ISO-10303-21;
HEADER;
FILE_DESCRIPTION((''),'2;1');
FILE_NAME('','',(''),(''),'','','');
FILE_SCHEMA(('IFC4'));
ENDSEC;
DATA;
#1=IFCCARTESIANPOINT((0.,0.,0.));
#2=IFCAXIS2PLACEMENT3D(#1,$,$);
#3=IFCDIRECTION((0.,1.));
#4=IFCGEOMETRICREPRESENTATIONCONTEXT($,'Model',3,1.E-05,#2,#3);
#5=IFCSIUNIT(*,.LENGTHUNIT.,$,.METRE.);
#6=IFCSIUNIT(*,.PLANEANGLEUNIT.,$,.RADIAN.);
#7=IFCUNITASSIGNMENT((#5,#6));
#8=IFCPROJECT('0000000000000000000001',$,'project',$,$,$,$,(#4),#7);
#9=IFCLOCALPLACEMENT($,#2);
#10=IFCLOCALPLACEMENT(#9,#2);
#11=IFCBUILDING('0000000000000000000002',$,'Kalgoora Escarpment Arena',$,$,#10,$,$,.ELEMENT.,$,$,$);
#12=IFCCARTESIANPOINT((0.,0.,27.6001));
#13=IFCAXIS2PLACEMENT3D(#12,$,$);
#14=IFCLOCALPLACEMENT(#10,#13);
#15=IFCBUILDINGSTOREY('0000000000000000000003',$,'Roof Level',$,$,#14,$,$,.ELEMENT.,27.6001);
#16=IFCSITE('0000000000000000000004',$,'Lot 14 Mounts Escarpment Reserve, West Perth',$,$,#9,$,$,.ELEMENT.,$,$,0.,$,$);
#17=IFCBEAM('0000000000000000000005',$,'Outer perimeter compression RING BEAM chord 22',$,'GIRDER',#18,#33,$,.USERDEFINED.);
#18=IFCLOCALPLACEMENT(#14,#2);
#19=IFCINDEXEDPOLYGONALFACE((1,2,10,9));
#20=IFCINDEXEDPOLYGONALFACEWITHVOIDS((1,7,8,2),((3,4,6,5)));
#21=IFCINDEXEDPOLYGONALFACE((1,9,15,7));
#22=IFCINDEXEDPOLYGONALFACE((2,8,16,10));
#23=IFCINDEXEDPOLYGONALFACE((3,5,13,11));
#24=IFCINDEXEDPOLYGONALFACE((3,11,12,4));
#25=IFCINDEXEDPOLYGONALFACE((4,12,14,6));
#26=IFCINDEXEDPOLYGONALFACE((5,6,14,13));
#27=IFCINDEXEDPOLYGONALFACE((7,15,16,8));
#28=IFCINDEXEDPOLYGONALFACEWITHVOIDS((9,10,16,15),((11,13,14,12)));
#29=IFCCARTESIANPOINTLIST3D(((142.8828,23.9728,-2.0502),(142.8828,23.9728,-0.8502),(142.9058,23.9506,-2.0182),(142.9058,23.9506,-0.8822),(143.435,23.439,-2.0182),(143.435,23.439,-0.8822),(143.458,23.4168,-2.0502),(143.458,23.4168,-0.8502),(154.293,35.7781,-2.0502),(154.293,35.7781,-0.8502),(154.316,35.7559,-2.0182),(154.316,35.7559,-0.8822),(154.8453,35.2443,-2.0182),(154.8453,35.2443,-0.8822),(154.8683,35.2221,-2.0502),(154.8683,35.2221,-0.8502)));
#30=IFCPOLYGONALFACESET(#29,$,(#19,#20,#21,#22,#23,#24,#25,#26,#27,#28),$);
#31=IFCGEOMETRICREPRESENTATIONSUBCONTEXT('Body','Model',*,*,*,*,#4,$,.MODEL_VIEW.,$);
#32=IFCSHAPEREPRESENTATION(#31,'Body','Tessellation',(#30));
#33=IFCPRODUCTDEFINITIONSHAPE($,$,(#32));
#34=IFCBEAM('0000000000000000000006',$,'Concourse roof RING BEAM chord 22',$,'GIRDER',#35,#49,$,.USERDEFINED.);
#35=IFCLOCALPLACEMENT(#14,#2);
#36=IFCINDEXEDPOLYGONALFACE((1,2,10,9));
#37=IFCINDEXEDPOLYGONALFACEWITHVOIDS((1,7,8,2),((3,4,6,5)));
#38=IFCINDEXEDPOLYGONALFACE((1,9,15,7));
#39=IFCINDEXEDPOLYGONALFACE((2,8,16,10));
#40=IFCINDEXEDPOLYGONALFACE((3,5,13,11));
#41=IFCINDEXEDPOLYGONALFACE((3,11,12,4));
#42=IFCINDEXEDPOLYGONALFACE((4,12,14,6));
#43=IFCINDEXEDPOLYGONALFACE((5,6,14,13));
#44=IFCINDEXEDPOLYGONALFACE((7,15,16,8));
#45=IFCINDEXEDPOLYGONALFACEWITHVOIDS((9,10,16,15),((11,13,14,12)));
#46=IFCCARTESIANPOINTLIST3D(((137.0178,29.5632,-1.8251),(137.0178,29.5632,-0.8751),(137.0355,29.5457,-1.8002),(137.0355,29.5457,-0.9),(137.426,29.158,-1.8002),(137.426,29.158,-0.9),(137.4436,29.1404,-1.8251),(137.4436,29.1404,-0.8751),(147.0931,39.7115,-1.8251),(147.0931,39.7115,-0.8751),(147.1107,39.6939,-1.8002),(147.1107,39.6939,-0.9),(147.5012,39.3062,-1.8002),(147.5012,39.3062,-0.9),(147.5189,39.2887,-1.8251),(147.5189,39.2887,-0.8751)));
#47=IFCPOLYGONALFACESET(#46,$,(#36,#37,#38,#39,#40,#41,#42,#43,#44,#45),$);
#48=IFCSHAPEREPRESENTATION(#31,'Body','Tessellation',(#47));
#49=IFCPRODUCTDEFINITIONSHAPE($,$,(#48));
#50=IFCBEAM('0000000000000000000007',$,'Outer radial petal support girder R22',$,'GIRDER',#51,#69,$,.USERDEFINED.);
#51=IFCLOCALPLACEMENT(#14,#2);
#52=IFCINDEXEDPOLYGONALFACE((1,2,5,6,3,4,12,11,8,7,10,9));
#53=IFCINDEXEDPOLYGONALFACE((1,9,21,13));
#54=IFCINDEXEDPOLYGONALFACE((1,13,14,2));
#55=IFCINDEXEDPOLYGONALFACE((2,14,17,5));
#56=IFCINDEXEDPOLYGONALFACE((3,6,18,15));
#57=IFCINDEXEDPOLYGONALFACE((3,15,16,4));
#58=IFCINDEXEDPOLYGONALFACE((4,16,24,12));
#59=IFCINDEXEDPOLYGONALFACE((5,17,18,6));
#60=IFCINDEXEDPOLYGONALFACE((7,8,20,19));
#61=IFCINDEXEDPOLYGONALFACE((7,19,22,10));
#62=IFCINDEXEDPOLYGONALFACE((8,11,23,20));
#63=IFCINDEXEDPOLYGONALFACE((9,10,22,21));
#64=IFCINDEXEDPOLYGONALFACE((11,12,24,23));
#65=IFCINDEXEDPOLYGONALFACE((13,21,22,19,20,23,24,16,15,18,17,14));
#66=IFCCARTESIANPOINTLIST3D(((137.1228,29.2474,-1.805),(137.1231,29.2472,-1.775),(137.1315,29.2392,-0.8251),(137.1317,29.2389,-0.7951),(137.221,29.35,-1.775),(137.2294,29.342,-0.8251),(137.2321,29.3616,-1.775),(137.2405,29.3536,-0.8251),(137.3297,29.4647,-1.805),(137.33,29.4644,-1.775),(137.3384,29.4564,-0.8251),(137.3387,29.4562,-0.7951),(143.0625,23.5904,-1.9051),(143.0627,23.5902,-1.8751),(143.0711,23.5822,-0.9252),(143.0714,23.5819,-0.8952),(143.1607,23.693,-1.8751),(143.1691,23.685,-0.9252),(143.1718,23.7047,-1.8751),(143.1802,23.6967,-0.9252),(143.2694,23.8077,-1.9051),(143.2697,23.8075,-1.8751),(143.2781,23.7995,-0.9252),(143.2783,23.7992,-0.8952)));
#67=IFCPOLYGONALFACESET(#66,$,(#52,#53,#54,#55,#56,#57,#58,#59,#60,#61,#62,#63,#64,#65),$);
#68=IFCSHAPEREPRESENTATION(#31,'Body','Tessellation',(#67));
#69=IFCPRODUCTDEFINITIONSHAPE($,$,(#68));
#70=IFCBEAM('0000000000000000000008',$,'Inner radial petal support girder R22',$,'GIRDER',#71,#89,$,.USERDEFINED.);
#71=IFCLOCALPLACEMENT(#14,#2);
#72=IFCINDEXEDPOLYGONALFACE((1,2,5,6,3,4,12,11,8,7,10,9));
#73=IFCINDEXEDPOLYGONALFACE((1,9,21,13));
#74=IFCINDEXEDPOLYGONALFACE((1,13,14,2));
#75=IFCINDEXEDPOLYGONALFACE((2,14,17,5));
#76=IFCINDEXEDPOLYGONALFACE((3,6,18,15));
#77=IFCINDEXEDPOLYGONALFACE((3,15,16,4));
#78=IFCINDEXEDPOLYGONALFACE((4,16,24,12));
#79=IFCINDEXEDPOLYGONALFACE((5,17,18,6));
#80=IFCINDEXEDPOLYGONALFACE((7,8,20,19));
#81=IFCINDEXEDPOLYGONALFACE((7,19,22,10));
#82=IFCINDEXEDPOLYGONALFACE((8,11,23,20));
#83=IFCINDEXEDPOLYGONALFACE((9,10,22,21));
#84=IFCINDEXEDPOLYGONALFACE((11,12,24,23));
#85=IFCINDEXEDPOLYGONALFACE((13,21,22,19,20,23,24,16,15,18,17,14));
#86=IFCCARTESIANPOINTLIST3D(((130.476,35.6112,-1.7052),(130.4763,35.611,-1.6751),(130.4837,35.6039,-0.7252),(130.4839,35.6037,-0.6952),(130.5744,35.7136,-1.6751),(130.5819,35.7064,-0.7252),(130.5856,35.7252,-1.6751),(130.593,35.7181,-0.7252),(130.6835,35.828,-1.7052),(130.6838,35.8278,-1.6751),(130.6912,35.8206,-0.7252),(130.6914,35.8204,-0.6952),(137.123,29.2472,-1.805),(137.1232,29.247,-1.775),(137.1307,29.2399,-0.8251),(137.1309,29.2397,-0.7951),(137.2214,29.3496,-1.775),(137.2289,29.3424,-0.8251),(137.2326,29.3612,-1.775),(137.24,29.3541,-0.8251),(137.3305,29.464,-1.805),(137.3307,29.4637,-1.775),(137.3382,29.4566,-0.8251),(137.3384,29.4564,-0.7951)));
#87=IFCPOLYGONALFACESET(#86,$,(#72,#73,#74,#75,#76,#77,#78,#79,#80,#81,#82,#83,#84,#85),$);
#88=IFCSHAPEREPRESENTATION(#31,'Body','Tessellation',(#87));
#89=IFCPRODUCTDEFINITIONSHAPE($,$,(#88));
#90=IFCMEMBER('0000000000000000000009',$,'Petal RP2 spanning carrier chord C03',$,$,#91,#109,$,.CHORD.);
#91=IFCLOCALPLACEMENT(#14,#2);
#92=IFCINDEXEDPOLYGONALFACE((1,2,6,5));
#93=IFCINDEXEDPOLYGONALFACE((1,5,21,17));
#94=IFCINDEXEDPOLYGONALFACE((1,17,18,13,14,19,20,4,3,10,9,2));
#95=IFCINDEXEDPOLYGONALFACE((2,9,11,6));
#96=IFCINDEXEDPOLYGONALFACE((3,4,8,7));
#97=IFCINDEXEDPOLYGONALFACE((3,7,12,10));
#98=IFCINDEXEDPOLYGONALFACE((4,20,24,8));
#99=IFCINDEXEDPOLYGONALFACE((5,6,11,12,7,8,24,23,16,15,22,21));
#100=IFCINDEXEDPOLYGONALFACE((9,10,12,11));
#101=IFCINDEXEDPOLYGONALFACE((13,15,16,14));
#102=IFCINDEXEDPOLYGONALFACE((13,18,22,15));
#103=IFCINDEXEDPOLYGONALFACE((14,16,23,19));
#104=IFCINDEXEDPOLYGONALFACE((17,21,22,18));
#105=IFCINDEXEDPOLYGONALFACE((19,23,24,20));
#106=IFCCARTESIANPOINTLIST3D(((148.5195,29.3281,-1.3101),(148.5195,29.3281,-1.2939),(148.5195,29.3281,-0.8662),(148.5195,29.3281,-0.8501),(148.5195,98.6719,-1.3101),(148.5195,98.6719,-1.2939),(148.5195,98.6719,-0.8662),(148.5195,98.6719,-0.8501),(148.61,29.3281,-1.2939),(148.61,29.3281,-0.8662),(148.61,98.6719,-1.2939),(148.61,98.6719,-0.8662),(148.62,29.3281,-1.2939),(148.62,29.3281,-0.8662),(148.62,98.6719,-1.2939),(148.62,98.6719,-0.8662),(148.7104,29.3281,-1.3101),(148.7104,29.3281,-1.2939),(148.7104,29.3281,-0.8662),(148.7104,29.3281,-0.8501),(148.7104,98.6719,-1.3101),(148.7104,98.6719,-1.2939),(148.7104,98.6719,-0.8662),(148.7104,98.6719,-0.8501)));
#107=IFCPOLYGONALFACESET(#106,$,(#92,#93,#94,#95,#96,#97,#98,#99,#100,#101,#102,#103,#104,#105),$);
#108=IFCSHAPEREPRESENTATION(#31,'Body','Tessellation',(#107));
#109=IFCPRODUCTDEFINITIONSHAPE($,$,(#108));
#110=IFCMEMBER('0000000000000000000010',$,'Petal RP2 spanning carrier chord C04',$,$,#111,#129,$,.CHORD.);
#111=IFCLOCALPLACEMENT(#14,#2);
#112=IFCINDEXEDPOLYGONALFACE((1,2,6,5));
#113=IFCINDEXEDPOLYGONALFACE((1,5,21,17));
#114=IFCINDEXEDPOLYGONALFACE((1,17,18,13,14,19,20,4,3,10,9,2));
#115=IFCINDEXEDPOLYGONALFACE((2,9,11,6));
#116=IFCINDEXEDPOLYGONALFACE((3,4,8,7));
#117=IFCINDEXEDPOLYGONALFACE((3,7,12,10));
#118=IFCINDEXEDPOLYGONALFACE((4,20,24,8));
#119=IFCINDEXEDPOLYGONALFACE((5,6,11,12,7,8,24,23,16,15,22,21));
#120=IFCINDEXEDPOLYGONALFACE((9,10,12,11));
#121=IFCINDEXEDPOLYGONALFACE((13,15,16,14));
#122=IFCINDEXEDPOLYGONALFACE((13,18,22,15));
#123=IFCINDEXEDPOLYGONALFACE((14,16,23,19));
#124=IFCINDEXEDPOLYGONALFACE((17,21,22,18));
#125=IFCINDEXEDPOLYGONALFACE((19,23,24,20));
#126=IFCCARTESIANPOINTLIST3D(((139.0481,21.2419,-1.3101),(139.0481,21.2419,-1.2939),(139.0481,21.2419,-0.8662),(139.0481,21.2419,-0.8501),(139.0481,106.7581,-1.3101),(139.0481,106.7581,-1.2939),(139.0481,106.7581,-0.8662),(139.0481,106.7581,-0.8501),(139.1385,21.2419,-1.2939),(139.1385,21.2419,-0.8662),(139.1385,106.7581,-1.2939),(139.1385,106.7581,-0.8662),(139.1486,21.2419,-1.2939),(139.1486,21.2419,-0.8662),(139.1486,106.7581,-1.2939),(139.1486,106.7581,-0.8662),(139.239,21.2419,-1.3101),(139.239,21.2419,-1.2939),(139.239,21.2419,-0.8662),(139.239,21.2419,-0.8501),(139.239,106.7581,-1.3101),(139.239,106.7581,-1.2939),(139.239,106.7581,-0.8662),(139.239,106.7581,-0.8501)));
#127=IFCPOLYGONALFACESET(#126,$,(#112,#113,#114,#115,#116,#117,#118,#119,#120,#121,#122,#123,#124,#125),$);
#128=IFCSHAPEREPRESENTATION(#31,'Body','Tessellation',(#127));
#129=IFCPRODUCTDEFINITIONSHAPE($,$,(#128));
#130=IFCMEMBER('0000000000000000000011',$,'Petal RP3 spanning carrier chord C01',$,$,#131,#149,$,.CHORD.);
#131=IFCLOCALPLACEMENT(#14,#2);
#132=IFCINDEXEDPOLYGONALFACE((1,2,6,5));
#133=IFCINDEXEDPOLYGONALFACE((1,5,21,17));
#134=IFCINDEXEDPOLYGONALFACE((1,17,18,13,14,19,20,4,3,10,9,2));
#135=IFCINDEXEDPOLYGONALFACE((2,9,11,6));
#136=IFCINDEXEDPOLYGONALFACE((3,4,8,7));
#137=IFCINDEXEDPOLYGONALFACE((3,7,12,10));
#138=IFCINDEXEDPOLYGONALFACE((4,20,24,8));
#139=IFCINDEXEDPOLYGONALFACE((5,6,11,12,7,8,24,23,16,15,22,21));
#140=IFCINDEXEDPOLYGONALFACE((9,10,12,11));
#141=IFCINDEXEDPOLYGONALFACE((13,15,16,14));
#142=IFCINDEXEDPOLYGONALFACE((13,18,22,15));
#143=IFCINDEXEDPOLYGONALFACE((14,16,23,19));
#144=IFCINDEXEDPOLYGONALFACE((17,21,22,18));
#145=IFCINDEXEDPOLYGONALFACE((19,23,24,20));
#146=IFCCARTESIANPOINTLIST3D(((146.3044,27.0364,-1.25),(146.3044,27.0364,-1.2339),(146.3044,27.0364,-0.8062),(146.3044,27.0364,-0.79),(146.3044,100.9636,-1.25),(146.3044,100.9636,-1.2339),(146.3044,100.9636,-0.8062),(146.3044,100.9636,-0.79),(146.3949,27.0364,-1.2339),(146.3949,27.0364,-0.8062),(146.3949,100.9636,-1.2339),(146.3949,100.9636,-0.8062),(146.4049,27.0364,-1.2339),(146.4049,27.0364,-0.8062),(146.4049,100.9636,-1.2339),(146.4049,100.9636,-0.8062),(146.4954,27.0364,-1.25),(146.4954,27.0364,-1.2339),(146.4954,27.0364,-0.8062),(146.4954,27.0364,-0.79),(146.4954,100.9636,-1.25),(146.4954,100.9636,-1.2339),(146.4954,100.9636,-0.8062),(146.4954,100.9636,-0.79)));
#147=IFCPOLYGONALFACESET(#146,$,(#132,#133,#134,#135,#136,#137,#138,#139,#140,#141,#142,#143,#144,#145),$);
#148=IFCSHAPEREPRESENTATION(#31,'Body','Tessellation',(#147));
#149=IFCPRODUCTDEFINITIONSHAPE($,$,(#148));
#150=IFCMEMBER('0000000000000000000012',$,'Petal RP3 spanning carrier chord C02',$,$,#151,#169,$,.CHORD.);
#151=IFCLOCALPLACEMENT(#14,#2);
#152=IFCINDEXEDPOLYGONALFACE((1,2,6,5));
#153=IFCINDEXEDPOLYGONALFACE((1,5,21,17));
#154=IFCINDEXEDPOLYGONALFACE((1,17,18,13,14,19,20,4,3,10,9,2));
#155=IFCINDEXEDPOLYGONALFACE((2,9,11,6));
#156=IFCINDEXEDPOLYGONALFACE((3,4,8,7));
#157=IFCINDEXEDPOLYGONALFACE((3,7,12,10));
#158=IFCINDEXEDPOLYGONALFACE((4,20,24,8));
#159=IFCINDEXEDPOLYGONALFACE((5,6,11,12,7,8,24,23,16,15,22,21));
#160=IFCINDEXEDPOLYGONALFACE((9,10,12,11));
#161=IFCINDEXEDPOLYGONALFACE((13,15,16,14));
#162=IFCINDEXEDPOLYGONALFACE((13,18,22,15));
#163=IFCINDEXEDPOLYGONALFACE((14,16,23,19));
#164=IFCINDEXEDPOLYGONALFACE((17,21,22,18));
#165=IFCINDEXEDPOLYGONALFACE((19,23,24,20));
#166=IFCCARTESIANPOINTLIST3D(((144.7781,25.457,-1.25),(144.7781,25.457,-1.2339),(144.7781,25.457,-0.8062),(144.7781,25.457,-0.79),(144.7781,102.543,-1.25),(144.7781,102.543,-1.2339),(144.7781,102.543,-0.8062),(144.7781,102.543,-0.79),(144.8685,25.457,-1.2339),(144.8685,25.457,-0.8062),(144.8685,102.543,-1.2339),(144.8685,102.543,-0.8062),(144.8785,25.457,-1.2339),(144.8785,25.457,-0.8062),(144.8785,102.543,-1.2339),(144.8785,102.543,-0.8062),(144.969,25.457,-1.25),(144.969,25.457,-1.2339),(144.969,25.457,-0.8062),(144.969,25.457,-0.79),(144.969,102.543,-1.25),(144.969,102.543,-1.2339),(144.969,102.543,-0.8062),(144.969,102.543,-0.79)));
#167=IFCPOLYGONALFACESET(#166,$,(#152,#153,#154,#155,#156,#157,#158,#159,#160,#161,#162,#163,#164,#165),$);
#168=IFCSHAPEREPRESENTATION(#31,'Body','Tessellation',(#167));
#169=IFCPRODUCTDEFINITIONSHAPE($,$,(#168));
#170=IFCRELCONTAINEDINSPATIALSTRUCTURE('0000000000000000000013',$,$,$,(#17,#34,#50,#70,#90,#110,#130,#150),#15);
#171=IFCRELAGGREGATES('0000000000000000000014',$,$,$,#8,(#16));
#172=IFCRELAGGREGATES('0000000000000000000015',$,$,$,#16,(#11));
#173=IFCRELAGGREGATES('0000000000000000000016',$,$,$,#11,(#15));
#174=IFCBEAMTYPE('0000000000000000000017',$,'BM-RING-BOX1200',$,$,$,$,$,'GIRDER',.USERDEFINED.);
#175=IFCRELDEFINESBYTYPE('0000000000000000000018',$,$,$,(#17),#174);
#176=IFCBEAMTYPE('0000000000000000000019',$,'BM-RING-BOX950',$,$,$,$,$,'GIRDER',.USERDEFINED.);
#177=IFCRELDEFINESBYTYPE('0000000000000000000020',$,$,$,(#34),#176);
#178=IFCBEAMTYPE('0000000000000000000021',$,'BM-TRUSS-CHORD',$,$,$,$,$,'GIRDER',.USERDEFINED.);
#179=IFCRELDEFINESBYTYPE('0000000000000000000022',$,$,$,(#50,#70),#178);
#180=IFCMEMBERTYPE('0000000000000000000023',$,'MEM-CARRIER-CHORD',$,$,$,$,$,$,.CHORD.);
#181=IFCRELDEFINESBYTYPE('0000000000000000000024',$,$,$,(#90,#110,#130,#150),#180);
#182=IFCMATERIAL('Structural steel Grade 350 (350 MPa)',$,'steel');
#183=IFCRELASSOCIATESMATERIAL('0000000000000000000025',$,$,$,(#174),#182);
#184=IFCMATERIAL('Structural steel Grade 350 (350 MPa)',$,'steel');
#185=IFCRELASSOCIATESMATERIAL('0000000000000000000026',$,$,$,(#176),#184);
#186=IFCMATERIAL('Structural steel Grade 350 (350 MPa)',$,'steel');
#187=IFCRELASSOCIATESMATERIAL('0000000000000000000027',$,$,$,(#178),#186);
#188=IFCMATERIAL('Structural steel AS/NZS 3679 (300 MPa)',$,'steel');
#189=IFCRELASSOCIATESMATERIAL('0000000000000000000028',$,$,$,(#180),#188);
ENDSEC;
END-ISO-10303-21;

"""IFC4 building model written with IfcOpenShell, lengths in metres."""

from ifc_helpers import new_model, si_unit, direction, frame, origin, origin_2d, place, context, subcontext, project, spatial, hollow_rectangle, i_section, extrude, material, material_profile, profile_set, type_object, element, save


model = new_model("IFC4")

# Units and contexts
model_context = context("Model", 3, precision=1e-05, world=origin(), true_north=direction((0.0, 1.0)))
body_context = subcontext(model_context, "Body", "Model", "MODEL_VIEW")
ifc_project = project(units=[si_unit("LENGTHUNIT", "METRE"), si_unit("PLANEANGLEUNIT", "RADIAN")], contexts=[model_context])

# Site, building, storey
site_placement = place(None, origin())
site = spatial("IfcSite", under=ifc_project, at=site_placement, Name="Lot 14 Mounts Escarpment Reserve, West Perth", CompositionType="ELEMENT", RefElevation=0.0)
building_placement = place(site_placement, origin())
building = spatial("IfcBuilding", under=site, at=building_placement, Name="Kalgoora Escarpment Arena", CompositionType="ELEMENT")
storey_placement = place(building_placement, frame((0.0, 0.0, 27.6001)))
storey = spatial("IfcBuildingStorey", under=building, at=storey_placement, Name="Roof Level", CompositionType="ELEMENT", Elevation=27.6001)

# Beams
ifc_material_1 = material(Name="Structural steel Grade 350 (350 MPa)", Category="steel")
ifc_material_profile_1 = material_profile(ifc_material_1, hollow_rectangle(XDim=0.8, YDim=1.2, WallThickness=0.032, at=origin_2d()))
ifc_profile_set_1 = profile_set([ifc_material_profile_1], Name="Structural steel Grade 350 (350 MPa)")
beam_type_1 = type_object("IfcBeamType", Name="BM-RING-BOX1200", ElementType="GIRDER", PredefinedType="USERDEFINED", material=ifc_profile_set_1)
beam_1_placement = place(storey_placement, frame((143.1704, 23.6948, -1.4502), z_axis=(0.694974, 0.719034, 0.0), x_axis=(-0.719034, 0.694974, 0.0)))
element("IfcBeam", 1, at=beam_1_placement, inside=storey, type_object=beam_type_1, Name="Outer perimeter compression RING BEAM chord 22", ObjectType="GIRDER", PredefinedType="USERDEFINED", context=body_context, shape_type="SweptSolid", body=[
    extrude(hollow_rectangle(XDim=0.8, YDim=1.2, WallThickness=0.032, at=origin_2d()), origin(), (0.0, 0.0, 1.0), 16.4182),
])
ifc_material_2 = material(Name="Structural steel Grade 350 (350 MPa)", Category="steel")
ifc_material_profile_2 = material_profile(ifc_material_2, hollow_rectangle(XDim=0.6001, YDim=0.95, WallThickness=0.0249, at=origin_2d()))
ifc_profile_set_2 = profile_set([ifc_material_profile_2], Name="Structural steel Grade 350 (350 MPa)")
beam_type_2 = type_object("IfcBeamType", Name="BM-RING-BOX950", ElementType="GIRDER", PredefinedType="USERDEFINED", material=ifc_profile_set_2)
beam_2_placement = place(storey_placement, frame((137.2307, 29.3518, -1.3501), z_axis=(0.70455, 0.709655, 0.0), x_axis=(-0.709655, 0.70455, 0.0)))
element("IfcBeam", 2, at=beam_2_placement, inside=storey, type_object=beam_type_2, Name="Concourse roof RING BEAM chord 22", ObjectType="GIRDER", PredefinedType="USERDEFINED", context=body_context, shape_type="SweptSolid", body=[
    extrude(hollow_rectangle(XDim=0.6001, YDim=0.95, WallThickness=0.0249, at=origin_2d()), origin(), (0.0, 0.0, 1.0), 14.3003),
])
ifc_material_3 = material(Name="Structural steel Grade 350 (350 MPa)", Category="steel")
ifc_material_profile_3 = material_profile(ifc_material_3, i_section(OverallWidth=0.3, OverallDepth=1.01, WebThickness=0.0161, FlangeThickness=0.03, at=origin_2d()))
ifc_profile_set_3 = profile_set([ifc_material_profile_3], Name="Structural steel Grade 350 (350 MPa)")
beam_type_3 = type_object("IfcBeamType", Name="BM-TRUSS-CHORD", ElementType="GIRDER", PredefinedType="USERDEFINED", material=ifc_profile_set_3)
beam_3_placement = place(storey_placement, frame((143.1704, 23.6948, -1.4001), z_axis=(-0.724076, 0.689612, 0.012202), x_axis=(-0.689663, -0.72413, 0.0)))
element("IfcBeam", 3, at=beam_3_placement, inside=storey, type_object=beam_type_3, Name="Outer radial petal support girder R22", ObjectType="GIRDER", PredefinedType="USERDEFINED", context=body_context, shape_type="SweptSolid", body=[
    extrude(i_section(OverallWidth=0.3, OverallDepth=1.01, WebThickness=0.0161, FlangeThickness=0.03, at=origin_2d()), origin(), (0.0, 0.0, 1.0), 8.2031),
])
beam_4_placement = place(storey_placement, frame((137.2307, 29.3518, -1.3), z_axis=(-0.722271, 0.691525, 0.01085), x_axis=(-0.691565, -0.722314, 0.0)))
element("IfcBeam", 4, at=beam_4_placement, inside=storey, type_object=beam_type_3, Name="Inner radial petal support girder R22", ObjectType="GIRDER", PredefinedType="USERDEFINED", context=body_context, shape_type="SweptSolid", body=[
    extrude(i_section(OverallWidth=0.3, OverallDepth=1.01, WebThickness=0.0161, FlangeThickness=0.03, at=origin_2d()), origin(), (0.0, 0.0, 1.0), 9.2029),
])

# Members
ifc_material_4 = material(Name="Structural steel AS/NZS 3679 (300 MPa)", Category="steel")
ifc_material_profile_4 = material_profile(ifc_material_4, i_section(OverallWidth=0.1909, OverallDepth=0.46, WebThickness=0.01, FlangeThickness=0.0161, at=origin_2d()))
ifc_profile_set_4 = profile_set([ifc_material_profile_4], Name="Structural steel AS/NZS 3679 (300 MPa)")
member_type_1 = type_object("IfcMemberType", Name="MEM-CARRIER-CHORD", PredefinedType="CHORD", material=ifc_profile_set_4)
member_1_placement = place(storey_placement, frame((148.615, 29.3281, -1.0801), z_axis=(0.0, 1.0, 0.0), x_axis=(-1.0, 0.0, 0.0)))
element("IfcMember", 5, at=member_1_placement, inside=storey, type_object=member_type_1, Name="Petal RP2 spanning carrier chord C03", PredefinedType="CHORD", context=body_context, shape_type="SweptSolid", body=[
    extrude(i_section(OverallWidth=0.1909, OverallDepth=0.46, WebThickness=0.01, FlangeThickness=0.0161, at=origin_2d()), origin(), (0.0, 0.0, 1.0), 69.3438),
])
member_2_placement = place(storey_placement, frame((139.1436, 21.2419, -1.0801), z_axis=(0.0, 1.0, 0.0), x_axis=(-1.0, 0.0, 0.0)))
element("IfcMember", 6, at=member_2_placement, inside=storey, type_object=member_type_1, Name="Petal RP2 spanning carrier chord C04", PredefinedType="CHORD", context=body_context, shape_type="SweptSolid", body=[
    extrude(i_section(OverallWidth=0.1909, OverallDepth=0.46, WebThickness=0.01, FlangeThickness=0.0161, at=origin_2d()), origin(), (0.0, 0.0, 1.0), 85.5161),
])
member_3_placement = place(storey_placement, frame((146.3999, 27.0364, -1.02), z_axis=(0.0, 1.0, 0.0), x_axis=(-1.0, 0.0, 0.0)))
element("IfcMember", 7, at=member_3_placement, inside=storey, type_object=member_type_1, Name="Petal RP3 spanning carrier chord C01", PredefinedType="CHORD", context=body_context, shape_type="SweptSolid", body=[
    extrude(i_section(OverallWidth=0.1909, OverallDepth=0.46, WebThickness=0.01, FlangeThickness=0.0161, at=origin_2d()), origin(), (0.0, 0.0, 1.0), 73.9272),
])
member_4_placement = place(storey_placement, frame((144.8735, 25.457, -1.02), z_axis=(0.0, 1.0, 0.0), x_axis=(-1.0, 0.0, 0.0)))
element("IfcMember", 8, at=member_4_placement, inside=storey, type_object=member_type_1, Name="Petal RP3 spanning carrier chord C02", PredefinedType="CHORD", context=body_context, shape_type="SweptSolid", body=[
    extrude(i_section(OverallWidth=0.1909, OverallDepth=0.46, WebThickness=0.01, FlangeThickness=0.0161, at=origin_2d()), origin(), (0.0, 0.0, 1.0), 77.0859),
])

save(model, "model.ifc")
